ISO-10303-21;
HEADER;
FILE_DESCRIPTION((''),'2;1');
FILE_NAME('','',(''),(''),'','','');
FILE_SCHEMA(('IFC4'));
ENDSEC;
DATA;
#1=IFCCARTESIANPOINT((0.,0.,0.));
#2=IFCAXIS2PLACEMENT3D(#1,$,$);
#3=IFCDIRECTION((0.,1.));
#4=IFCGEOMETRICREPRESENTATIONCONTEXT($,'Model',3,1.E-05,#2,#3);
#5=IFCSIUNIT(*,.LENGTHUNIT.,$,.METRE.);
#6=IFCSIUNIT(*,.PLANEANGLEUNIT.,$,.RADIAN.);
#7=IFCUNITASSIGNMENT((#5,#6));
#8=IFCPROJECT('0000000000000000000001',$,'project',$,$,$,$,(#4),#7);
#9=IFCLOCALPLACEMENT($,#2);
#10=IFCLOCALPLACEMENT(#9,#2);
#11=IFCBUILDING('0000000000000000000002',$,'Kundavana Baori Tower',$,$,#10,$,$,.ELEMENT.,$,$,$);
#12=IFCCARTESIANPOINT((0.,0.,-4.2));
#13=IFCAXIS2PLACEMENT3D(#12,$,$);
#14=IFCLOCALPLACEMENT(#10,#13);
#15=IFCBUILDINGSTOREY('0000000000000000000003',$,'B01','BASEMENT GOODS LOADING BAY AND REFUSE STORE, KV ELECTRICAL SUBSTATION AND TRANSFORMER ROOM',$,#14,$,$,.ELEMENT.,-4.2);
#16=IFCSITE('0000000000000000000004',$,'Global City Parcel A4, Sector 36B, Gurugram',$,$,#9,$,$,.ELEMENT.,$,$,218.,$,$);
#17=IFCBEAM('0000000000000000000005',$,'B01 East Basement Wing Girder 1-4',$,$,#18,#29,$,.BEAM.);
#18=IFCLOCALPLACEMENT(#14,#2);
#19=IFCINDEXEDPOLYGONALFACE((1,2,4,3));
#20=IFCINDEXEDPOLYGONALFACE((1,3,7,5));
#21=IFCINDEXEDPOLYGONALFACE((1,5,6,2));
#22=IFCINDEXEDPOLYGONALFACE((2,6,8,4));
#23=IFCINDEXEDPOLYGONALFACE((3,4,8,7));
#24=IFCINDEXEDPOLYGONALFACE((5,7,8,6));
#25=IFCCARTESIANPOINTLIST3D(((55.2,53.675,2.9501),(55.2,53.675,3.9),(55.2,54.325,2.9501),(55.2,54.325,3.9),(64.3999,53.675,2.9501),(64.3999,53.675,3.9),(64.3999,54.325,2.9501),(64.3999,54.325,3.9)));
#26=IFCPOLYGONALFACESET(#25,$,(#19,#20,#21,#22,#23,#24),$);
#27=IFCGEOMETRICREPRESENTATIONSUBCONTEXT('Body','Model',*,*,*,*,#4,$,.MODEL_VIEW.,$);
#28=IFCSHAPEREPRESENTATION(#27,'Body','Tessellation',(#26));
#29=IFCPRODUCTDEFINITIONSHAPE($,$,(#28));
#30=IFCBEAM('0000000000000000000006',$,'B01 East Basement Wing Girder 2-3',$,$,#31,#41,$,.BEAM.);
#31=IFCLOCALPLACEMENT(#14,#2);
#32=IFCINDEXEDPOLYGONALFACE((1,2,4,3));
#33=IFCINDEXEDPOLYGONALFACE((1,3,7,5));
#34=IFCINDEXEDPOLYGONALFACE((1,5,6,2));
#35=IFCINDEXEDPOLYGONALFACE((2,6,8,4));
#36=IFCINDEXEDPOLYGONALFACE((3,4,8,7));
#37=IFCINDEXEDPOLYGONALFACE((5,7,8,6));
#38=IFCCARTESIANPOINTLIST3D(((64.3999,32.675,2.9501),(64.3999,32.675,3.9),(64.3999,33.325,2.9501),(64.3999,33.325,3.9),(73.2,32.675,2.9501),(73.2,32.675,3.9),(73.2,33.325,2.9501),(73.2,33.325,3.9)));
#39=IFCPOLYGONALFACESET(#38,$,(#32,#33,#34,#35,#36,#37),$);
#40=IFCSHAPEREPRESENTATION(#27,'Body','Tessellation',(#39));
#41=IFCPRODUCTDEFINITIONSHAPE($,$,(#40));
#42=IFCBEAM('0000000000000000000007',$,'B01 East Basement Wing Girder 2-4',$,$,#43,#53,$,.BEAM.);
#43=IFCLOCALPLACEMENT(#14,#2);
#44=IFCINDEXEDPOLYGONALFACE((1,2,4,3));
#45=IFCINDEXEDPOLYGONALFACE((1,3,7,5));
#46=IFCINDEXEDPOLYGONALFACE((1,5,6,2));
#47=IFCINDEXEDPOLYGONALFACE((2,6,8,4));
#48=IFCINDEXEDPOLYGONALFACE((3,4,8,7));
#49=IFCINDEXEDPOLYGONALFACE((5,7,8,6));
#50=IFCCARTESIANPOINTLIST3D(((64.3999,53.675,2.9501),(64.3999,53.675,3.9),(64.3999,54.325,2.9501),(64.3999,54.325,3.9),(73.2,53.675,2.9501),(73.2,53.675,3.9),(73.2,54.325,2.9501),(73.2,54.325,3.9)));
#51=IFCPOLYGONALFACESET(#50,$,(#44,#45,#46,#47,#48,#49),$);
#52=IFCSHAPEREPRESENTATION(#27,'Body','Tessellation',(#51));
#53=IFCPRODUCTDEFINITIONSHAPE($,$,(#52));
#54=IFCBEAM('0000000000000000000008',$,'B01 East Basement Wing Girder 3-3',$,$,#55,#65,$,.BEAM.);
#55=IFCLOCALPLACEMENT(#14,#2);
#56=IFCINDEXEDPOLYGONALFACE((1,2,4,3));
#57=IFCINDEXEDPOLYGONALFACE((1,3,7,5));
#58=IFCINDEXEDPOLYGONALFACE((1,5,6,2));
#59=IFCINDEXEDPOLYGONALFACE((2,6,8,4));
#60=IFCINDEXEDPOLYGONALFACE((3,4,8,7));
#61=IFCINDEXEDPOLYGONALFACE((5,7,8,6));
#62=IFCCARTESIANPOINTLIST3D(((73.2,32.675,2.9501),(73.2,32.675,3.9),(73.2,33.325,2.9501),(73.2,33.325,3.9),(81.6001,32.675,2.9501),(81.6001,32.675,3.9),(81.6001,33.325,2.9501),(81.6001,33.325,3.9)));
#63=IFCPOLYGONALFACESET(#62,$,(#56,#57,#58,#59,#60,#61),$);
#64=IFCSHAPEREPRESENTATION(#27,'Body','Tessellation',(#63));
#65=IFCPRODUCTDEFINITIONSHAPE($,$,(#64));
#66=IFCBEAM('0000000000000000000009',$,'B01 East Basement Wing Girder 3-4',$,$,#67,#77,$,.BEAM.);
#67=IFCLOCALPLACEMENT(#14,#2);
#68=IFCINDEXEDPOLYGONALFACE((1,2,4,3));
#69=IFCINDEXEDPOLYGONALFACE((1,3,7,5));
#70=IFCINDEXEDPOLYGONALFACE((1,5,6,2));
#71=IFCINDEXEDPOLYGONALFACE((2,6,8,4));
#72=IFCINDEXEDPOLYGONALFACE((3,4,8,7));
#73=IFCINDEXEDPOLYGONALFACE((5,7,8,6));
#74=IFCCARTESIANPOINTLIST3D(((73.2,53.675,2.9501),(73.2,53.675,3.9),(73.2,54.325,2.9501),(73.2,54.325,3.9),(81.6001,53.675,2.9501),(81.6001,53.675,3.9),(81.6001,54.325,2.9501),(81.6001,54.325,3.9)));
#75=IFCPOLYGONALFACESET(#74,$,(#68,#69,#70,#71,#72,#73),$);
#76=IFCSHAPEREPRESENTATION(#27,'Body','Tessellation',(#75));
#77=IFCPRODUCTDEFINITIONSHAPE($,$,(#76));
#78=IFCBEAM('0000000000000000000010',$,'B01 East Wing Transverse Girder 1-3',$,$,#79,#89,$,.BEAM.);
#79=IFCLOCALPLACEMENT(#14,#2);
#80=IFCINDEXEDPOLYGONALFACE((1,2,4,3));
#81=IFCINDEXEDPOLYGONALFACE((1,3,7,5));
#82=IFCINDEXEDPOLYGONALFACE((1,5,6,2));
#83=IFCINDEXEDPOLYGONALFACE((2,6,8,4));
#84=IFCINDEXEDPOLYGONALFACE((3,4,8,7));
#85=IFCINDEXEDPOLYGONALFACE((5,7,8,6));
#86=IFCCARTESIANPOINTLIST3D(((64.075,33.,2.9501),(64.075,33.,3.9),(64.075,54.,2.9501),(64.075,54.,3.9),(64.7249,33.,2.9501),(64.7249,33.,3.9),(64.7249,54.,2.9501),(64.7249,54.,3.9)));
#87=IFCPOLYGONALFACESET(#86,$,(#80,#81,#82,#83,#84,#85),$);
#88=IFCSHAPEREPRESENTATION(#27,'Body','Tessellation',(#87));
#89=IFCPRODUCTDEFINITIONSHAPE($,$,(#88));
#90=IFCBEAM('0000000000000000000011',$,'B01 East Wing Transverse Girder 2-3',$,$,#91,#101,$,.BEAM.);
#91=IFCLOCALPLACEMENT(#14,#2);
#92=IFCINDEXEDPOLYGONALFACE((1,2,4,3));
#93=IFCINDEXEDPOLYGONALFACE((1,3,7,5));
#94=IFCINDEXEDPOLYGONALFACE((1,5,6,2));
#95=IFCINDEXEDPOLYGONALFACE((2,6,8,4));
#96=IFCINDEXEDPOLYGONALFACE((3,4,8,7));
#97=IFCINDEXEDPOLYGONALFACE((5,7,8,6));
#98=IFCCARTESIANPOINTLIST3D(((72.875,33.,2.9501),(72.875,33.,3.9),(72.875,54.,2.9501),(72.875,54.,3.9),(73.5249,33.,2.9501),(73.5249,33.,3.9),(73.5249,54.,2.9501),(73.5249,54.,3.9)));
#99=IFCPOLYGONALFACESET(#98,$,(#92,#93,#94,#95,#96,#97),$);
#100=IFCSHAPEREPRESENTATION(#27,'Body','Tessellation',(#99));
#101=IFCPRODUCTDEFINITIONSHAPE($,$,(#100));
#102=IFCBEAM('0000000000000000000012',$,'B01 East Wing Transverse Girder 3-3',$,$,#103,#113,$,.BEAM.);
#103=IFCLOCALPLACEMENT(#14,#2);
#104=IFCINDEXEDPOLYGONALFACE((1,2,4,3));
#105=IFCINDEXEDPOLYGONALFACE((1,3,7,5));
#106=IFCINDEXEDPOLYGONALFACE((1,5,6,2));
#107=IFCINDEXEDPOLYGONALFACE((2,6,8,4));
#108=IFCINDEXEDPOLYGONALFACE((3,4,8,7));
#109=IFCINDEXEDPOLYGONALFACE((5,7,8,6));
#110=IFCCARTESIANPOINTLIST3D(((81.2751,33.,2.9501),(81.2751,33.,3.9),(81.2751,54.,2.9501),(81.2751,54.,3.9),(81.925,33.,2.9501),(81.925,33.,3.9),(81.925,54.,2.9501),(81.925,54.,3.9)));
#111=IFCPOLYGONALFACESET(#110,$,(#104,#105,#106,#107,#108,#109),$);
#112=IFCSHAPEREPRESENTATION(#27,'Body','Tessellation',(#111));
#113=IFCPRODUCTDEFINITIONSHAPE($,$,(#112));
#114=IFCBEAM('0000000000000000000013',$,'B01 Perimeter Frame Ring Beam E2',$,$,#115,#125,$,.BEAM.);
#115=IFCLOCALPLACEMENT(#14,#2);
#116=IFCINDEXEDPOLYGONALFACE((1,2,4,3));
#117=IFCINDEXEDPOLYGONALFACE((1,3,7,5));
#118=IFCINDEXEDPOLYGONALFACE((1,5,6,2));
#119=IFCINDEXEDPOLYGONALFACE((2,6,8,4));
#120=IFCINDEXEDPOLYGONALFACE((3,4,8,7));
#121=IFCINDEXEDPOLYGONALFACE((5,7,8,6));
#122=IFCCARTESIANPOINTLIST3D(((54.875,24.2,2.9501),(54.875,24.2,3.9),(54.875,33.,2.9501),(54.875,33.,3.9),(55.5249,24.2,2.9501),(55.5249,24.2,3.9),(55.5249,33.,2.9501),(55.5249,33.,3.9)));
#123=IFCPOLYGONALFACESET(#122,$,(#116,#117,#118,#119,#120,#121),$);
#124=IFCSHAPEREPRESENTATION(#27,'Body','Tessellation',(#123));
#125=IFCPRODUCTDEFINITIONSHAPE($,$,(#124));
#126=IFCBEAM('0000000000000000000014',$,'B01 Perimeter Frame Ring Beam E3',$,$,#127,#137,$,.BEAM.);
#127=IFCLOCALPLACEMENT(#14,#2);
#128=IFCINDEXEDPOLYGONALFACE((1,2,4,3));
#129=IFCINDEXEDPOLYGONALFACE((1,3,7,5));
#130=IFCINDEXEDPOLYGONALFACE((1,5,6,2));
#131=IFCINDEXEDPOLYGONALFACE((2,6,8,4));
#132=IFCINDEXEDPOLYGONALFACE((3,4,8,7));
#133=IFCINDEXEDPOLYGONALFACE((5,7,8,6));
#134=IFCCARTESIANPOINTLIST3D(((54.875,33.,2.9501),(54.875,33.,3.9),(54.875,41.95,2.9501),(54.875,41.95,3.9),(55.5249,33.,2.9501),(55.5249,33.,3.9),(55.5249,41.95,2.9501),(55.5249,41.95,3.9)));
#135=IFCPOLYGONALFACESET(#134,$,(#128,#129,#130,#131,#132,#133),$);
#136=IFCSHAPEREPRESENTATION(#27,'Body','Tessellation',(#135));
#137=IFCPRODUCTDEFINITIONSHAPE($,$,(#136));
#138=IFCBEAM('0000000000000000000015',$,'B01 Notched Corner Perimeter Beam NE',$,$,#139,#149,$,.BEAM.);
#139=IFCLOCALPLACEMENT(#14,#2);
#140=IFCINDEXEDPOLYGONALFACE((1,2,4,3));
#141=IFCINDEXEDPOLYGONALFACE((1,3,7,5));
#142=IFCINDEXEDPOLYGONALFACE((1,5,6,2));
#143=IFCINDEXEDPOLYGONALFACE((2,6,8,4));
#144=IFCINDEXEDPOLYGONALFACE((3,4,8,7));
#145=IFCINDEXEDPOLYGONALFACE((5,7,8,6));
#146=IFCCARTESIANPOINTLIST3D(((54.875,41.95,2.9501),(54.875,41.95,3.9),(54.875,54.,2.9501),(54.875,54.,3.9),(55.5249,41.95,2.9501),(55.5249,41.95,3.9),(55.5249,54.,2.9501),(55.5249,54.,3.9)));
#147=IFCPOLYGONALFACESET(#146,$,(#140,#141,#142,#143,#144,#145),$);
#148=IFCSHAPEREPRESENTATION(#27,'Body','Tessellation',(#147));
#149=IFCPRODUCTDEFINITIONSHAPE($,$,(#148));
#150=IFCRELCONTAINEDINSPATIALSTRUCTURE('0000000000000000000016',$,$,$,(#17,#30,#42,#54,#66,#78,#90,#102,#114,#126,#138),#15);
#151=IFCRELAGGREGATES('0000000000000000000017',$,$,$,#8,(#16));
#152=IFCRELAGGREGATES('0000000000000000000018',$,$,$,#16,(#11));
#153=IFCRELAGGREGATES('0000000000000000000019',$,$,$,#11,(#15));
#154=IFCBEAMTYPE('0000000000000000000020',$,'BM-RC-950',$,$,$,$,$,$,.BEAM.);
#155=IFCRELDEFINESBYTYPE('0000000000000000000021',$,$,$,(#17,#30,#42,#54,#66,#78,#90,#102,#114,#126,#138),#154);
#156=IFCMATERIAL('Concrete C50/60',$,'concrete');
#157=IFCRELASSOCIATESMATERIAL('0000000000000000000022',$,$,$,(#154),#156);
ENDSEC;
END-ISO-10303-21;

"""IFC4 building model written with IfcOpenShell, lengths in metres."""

from ifc_helpers import new_model, si_unit, direction, frame, origin, origin_2d, place, context, subcontext, project, spatial, rectangle, extrude, material, material_profile, profile_set, type_object, element, save


model = new_model("IFC4")

# Units and contexts
model_context = context("Model", 3, precision=1e-05, world=origin(), true_north=direction((0.0, 1.0)))
body_context = subcontext(model_context, "Body", "Model", "MODEL_VIEW")
ifc_project = project(units=[si_unit("LENGTHUNIT", "METRE"), si_unit("PLANEANGLEUNIT", "RADIAN")], contexts=[model_context])

# Site, building, storey
site_placement = place(None, origin())
site = spatial("IfcSite", under=ifc_project, at=site_placement, Name="Global City Parcel A4, Sector 36B, Gurugram", CompositionType="ELEMENT", RefElevation=218.0)
building_placement = place(site_placement, origin())
building = spatial("IfcBuilding", under=site, at=building_placement, Name="Kundavana Baori Tower", CompositionType="ELEMENT")
storey_placement = place(building_placement, frame((0.0, 0.0, -4.2)))
storey = spatial("IfcBuildingStorey", under=building, at=storey_placement, Name="B01", Description="BASEMENT GOODS LOADING BAY AND REFUSE STORE, KV ELECTRICAL SUBSTATION AND TRANSFORMER ROOM", CompositionType="ELEMENT", Elevation=-4.2)

# Beams
ifc_material_1 = material(Name="Concrete C50/60", Category="concrete")
ifc_material_profile_1 = material_profile(ifc_material_1, rectangle(XDim=0.6499, YDim=0.95, at=origin_2d()), Name="RC BM 650x950")
ifc_profile_set_1 = profile_set([ifc_material_profile_1], Name="Concrete C50/60")
beam_type = type_object("IfcBeamType", Name="BM-RC-950", PredefinedType="BEAM", material=ifc_profile_set_1)
beam_1_placement = place(storey_placement, frame((55.2, 54.0, 3.425), z_axis=(1.0, 0.0, 0.0), x_axis=(0.0, 1.0, 0.0)))
element("IfcBeam", 1, at=beam_1_placement, inside=storey, type_object=beam_type, Name="B01 East Basement Wing Girder 1-4", PredefinedType="BEAM", context=body_context, shape_type="SweptSolid", body=[
    extrude(rectangle(XDim=0.6499, YDim=0.95, at=origin_2d()), origin(), (0.0, 0.0, 1.0), 9.2),
])
for number, where, z_axis, x_axis, name in (
    (2, (64.3999, 33.0, 3.425), (1.0, 0.0, 0.0), (0.0, 1.0, 0.0), "B01 East Basement Wing Girder 2-3"),
    (3, (64.3999, 54.0, 3.425), (1.0, 0.0, 0.0), (0.0, 1.0, 0.0), "B01 East Basement Wing Girder 2-4"),
):
    element("IfcBeam", number, at=place(storey_placement, frame(where, z_axis=z_axis, x_axis=x_axis)), inside=storey, type_object=beam_type, Name=name, PredefinedType="BEAM", context=body_context, shape_type="SweptSolid", body=[
        extrude(rectangle(XDim=0.6499, YDim=0.95, at=origin_2d()), origin(), (0.0, 0.0, 1.0), 8.8),
    ])
for number, where, z_axis, x_axis, name in (
    (4, (73.2, 33.0, 3.425), (1.0, 0.0, 0.0), (0.0, 1.0, 0.0), "B01 East Basement Wing Girder 3-3"),
    (5, (73.2, 54.0, 3.425), (1.0, 0.0, 0.0), (0.0, 1.0, 0.0), "B01 East Basement Wing Girder 3-4"),
):
    element("IfcBeam", number, at=place(storey_placement, frame(where, z_axis=z_axis, x_axis=x_axis)), inside=storey, type_object=beam_type, Name=name, PredefinedType="BEAM", context=body_context, shape_type="SweptSolid", body=[
        extrude(rectangle(XDim=0.6499, YDim=0.95, at=origin_2d()), origin(), (0.0, 0.0, 1.0), 8.4001),
    ])
for number, where, z_axis, x_axis, name in (
    (6, (64.3999, 33.0, 3.425), (0.0, 1.0, 0.0), (-1.0, 0.0, 0.0), "B01 East Wing Transverse Girder 1-3"),
    (7, (73.2, 33.0, 3.425), (0.0, 1.0, 0.0), (-1.0, 0.0, 0.0), "B01 East Wing Transverse Girder 2-3"),
    (8, (81.6001, 33.0, 3.425), (0.0, 1.0, 0.0), (-1.0, 0.0, 0.0), "B01 East Wing Transverse Girder 3-3"),
):
    element("IfcBeam", number, at=place(storey_placement, frame(where, z_axis=z_axis, x_axis=x_axis)), inside=storey, type_object=beam_type, Name=name, PredefinedType="BEAM", context=body_context, shape_type="SweptSolid", body=[
        extrude(rectangle(XDim=0.6499, YDim=0.95, at=origin_2d()), origin(), (0.0, 0.0, 1.0), 21.0),
    ])
beam_2_placement = place(storey_placement, frame((55.2, 24.2, 3.425), z_axis=(0.0, 1.0, 0.0), x_axis=(-1.0, 0.0, 0.0)))
element("IfcBeam", 9, at=beam_2_placement, inside=storey, type_object=beam_type, Name="B01 Perimeter Frame Ring Beam E2", PredefinedType="BEAM", context=body_context, shape_type="SweptSolid", body=[
    extrude(rectangle(XDim=0.6499, YDim=0.95, at=origin_2d()), origin(), (0.0, 0.0, 1.0), 8.8),
])
beam_3_placement = place(storey_placement, frame((55.2, 33.0, 3.425), z_axis=(0.0, 1.0, 0.0), x_axis=(-1.0, 0.0, 0.0)))
element("IfcBeam", 10, at=beam_3_placement, inside=storey, type_object=beam_type, Name="B01 Perimeter Frame Ring Beam E3", PredefinedType="BEAM", context=body_context, shape_type="SweptSolid", body=[
    extrude(rectangle(XDim=0.6499, YDim=0.95, at=origin_2d()), origin(), (0.0, 0.0, 1.0), 8.95),
])
beam_4_placement = place(storey_placement, frame((55.2, 54.0, 3.425), z_axis=(0.0, -1.0, 0.0), x_axis=(1.0, 0.0, 0.0)))
element("IfcBeam", 11, at=beam_4_placement, inside=storey, type_object=beam_type, Name="B01 Notched Corner Perimeter Beam NE", PredefinedType="BEAM", context=body_context, shape_type="SweptSolid", body=[
    extrude(rectangle(XDim=0.6499, YDim=0.95, at=origin_2d()), origin(), (0.0, 0.0, 1.0), 12.05),
])

save(model, "model.ifc")
